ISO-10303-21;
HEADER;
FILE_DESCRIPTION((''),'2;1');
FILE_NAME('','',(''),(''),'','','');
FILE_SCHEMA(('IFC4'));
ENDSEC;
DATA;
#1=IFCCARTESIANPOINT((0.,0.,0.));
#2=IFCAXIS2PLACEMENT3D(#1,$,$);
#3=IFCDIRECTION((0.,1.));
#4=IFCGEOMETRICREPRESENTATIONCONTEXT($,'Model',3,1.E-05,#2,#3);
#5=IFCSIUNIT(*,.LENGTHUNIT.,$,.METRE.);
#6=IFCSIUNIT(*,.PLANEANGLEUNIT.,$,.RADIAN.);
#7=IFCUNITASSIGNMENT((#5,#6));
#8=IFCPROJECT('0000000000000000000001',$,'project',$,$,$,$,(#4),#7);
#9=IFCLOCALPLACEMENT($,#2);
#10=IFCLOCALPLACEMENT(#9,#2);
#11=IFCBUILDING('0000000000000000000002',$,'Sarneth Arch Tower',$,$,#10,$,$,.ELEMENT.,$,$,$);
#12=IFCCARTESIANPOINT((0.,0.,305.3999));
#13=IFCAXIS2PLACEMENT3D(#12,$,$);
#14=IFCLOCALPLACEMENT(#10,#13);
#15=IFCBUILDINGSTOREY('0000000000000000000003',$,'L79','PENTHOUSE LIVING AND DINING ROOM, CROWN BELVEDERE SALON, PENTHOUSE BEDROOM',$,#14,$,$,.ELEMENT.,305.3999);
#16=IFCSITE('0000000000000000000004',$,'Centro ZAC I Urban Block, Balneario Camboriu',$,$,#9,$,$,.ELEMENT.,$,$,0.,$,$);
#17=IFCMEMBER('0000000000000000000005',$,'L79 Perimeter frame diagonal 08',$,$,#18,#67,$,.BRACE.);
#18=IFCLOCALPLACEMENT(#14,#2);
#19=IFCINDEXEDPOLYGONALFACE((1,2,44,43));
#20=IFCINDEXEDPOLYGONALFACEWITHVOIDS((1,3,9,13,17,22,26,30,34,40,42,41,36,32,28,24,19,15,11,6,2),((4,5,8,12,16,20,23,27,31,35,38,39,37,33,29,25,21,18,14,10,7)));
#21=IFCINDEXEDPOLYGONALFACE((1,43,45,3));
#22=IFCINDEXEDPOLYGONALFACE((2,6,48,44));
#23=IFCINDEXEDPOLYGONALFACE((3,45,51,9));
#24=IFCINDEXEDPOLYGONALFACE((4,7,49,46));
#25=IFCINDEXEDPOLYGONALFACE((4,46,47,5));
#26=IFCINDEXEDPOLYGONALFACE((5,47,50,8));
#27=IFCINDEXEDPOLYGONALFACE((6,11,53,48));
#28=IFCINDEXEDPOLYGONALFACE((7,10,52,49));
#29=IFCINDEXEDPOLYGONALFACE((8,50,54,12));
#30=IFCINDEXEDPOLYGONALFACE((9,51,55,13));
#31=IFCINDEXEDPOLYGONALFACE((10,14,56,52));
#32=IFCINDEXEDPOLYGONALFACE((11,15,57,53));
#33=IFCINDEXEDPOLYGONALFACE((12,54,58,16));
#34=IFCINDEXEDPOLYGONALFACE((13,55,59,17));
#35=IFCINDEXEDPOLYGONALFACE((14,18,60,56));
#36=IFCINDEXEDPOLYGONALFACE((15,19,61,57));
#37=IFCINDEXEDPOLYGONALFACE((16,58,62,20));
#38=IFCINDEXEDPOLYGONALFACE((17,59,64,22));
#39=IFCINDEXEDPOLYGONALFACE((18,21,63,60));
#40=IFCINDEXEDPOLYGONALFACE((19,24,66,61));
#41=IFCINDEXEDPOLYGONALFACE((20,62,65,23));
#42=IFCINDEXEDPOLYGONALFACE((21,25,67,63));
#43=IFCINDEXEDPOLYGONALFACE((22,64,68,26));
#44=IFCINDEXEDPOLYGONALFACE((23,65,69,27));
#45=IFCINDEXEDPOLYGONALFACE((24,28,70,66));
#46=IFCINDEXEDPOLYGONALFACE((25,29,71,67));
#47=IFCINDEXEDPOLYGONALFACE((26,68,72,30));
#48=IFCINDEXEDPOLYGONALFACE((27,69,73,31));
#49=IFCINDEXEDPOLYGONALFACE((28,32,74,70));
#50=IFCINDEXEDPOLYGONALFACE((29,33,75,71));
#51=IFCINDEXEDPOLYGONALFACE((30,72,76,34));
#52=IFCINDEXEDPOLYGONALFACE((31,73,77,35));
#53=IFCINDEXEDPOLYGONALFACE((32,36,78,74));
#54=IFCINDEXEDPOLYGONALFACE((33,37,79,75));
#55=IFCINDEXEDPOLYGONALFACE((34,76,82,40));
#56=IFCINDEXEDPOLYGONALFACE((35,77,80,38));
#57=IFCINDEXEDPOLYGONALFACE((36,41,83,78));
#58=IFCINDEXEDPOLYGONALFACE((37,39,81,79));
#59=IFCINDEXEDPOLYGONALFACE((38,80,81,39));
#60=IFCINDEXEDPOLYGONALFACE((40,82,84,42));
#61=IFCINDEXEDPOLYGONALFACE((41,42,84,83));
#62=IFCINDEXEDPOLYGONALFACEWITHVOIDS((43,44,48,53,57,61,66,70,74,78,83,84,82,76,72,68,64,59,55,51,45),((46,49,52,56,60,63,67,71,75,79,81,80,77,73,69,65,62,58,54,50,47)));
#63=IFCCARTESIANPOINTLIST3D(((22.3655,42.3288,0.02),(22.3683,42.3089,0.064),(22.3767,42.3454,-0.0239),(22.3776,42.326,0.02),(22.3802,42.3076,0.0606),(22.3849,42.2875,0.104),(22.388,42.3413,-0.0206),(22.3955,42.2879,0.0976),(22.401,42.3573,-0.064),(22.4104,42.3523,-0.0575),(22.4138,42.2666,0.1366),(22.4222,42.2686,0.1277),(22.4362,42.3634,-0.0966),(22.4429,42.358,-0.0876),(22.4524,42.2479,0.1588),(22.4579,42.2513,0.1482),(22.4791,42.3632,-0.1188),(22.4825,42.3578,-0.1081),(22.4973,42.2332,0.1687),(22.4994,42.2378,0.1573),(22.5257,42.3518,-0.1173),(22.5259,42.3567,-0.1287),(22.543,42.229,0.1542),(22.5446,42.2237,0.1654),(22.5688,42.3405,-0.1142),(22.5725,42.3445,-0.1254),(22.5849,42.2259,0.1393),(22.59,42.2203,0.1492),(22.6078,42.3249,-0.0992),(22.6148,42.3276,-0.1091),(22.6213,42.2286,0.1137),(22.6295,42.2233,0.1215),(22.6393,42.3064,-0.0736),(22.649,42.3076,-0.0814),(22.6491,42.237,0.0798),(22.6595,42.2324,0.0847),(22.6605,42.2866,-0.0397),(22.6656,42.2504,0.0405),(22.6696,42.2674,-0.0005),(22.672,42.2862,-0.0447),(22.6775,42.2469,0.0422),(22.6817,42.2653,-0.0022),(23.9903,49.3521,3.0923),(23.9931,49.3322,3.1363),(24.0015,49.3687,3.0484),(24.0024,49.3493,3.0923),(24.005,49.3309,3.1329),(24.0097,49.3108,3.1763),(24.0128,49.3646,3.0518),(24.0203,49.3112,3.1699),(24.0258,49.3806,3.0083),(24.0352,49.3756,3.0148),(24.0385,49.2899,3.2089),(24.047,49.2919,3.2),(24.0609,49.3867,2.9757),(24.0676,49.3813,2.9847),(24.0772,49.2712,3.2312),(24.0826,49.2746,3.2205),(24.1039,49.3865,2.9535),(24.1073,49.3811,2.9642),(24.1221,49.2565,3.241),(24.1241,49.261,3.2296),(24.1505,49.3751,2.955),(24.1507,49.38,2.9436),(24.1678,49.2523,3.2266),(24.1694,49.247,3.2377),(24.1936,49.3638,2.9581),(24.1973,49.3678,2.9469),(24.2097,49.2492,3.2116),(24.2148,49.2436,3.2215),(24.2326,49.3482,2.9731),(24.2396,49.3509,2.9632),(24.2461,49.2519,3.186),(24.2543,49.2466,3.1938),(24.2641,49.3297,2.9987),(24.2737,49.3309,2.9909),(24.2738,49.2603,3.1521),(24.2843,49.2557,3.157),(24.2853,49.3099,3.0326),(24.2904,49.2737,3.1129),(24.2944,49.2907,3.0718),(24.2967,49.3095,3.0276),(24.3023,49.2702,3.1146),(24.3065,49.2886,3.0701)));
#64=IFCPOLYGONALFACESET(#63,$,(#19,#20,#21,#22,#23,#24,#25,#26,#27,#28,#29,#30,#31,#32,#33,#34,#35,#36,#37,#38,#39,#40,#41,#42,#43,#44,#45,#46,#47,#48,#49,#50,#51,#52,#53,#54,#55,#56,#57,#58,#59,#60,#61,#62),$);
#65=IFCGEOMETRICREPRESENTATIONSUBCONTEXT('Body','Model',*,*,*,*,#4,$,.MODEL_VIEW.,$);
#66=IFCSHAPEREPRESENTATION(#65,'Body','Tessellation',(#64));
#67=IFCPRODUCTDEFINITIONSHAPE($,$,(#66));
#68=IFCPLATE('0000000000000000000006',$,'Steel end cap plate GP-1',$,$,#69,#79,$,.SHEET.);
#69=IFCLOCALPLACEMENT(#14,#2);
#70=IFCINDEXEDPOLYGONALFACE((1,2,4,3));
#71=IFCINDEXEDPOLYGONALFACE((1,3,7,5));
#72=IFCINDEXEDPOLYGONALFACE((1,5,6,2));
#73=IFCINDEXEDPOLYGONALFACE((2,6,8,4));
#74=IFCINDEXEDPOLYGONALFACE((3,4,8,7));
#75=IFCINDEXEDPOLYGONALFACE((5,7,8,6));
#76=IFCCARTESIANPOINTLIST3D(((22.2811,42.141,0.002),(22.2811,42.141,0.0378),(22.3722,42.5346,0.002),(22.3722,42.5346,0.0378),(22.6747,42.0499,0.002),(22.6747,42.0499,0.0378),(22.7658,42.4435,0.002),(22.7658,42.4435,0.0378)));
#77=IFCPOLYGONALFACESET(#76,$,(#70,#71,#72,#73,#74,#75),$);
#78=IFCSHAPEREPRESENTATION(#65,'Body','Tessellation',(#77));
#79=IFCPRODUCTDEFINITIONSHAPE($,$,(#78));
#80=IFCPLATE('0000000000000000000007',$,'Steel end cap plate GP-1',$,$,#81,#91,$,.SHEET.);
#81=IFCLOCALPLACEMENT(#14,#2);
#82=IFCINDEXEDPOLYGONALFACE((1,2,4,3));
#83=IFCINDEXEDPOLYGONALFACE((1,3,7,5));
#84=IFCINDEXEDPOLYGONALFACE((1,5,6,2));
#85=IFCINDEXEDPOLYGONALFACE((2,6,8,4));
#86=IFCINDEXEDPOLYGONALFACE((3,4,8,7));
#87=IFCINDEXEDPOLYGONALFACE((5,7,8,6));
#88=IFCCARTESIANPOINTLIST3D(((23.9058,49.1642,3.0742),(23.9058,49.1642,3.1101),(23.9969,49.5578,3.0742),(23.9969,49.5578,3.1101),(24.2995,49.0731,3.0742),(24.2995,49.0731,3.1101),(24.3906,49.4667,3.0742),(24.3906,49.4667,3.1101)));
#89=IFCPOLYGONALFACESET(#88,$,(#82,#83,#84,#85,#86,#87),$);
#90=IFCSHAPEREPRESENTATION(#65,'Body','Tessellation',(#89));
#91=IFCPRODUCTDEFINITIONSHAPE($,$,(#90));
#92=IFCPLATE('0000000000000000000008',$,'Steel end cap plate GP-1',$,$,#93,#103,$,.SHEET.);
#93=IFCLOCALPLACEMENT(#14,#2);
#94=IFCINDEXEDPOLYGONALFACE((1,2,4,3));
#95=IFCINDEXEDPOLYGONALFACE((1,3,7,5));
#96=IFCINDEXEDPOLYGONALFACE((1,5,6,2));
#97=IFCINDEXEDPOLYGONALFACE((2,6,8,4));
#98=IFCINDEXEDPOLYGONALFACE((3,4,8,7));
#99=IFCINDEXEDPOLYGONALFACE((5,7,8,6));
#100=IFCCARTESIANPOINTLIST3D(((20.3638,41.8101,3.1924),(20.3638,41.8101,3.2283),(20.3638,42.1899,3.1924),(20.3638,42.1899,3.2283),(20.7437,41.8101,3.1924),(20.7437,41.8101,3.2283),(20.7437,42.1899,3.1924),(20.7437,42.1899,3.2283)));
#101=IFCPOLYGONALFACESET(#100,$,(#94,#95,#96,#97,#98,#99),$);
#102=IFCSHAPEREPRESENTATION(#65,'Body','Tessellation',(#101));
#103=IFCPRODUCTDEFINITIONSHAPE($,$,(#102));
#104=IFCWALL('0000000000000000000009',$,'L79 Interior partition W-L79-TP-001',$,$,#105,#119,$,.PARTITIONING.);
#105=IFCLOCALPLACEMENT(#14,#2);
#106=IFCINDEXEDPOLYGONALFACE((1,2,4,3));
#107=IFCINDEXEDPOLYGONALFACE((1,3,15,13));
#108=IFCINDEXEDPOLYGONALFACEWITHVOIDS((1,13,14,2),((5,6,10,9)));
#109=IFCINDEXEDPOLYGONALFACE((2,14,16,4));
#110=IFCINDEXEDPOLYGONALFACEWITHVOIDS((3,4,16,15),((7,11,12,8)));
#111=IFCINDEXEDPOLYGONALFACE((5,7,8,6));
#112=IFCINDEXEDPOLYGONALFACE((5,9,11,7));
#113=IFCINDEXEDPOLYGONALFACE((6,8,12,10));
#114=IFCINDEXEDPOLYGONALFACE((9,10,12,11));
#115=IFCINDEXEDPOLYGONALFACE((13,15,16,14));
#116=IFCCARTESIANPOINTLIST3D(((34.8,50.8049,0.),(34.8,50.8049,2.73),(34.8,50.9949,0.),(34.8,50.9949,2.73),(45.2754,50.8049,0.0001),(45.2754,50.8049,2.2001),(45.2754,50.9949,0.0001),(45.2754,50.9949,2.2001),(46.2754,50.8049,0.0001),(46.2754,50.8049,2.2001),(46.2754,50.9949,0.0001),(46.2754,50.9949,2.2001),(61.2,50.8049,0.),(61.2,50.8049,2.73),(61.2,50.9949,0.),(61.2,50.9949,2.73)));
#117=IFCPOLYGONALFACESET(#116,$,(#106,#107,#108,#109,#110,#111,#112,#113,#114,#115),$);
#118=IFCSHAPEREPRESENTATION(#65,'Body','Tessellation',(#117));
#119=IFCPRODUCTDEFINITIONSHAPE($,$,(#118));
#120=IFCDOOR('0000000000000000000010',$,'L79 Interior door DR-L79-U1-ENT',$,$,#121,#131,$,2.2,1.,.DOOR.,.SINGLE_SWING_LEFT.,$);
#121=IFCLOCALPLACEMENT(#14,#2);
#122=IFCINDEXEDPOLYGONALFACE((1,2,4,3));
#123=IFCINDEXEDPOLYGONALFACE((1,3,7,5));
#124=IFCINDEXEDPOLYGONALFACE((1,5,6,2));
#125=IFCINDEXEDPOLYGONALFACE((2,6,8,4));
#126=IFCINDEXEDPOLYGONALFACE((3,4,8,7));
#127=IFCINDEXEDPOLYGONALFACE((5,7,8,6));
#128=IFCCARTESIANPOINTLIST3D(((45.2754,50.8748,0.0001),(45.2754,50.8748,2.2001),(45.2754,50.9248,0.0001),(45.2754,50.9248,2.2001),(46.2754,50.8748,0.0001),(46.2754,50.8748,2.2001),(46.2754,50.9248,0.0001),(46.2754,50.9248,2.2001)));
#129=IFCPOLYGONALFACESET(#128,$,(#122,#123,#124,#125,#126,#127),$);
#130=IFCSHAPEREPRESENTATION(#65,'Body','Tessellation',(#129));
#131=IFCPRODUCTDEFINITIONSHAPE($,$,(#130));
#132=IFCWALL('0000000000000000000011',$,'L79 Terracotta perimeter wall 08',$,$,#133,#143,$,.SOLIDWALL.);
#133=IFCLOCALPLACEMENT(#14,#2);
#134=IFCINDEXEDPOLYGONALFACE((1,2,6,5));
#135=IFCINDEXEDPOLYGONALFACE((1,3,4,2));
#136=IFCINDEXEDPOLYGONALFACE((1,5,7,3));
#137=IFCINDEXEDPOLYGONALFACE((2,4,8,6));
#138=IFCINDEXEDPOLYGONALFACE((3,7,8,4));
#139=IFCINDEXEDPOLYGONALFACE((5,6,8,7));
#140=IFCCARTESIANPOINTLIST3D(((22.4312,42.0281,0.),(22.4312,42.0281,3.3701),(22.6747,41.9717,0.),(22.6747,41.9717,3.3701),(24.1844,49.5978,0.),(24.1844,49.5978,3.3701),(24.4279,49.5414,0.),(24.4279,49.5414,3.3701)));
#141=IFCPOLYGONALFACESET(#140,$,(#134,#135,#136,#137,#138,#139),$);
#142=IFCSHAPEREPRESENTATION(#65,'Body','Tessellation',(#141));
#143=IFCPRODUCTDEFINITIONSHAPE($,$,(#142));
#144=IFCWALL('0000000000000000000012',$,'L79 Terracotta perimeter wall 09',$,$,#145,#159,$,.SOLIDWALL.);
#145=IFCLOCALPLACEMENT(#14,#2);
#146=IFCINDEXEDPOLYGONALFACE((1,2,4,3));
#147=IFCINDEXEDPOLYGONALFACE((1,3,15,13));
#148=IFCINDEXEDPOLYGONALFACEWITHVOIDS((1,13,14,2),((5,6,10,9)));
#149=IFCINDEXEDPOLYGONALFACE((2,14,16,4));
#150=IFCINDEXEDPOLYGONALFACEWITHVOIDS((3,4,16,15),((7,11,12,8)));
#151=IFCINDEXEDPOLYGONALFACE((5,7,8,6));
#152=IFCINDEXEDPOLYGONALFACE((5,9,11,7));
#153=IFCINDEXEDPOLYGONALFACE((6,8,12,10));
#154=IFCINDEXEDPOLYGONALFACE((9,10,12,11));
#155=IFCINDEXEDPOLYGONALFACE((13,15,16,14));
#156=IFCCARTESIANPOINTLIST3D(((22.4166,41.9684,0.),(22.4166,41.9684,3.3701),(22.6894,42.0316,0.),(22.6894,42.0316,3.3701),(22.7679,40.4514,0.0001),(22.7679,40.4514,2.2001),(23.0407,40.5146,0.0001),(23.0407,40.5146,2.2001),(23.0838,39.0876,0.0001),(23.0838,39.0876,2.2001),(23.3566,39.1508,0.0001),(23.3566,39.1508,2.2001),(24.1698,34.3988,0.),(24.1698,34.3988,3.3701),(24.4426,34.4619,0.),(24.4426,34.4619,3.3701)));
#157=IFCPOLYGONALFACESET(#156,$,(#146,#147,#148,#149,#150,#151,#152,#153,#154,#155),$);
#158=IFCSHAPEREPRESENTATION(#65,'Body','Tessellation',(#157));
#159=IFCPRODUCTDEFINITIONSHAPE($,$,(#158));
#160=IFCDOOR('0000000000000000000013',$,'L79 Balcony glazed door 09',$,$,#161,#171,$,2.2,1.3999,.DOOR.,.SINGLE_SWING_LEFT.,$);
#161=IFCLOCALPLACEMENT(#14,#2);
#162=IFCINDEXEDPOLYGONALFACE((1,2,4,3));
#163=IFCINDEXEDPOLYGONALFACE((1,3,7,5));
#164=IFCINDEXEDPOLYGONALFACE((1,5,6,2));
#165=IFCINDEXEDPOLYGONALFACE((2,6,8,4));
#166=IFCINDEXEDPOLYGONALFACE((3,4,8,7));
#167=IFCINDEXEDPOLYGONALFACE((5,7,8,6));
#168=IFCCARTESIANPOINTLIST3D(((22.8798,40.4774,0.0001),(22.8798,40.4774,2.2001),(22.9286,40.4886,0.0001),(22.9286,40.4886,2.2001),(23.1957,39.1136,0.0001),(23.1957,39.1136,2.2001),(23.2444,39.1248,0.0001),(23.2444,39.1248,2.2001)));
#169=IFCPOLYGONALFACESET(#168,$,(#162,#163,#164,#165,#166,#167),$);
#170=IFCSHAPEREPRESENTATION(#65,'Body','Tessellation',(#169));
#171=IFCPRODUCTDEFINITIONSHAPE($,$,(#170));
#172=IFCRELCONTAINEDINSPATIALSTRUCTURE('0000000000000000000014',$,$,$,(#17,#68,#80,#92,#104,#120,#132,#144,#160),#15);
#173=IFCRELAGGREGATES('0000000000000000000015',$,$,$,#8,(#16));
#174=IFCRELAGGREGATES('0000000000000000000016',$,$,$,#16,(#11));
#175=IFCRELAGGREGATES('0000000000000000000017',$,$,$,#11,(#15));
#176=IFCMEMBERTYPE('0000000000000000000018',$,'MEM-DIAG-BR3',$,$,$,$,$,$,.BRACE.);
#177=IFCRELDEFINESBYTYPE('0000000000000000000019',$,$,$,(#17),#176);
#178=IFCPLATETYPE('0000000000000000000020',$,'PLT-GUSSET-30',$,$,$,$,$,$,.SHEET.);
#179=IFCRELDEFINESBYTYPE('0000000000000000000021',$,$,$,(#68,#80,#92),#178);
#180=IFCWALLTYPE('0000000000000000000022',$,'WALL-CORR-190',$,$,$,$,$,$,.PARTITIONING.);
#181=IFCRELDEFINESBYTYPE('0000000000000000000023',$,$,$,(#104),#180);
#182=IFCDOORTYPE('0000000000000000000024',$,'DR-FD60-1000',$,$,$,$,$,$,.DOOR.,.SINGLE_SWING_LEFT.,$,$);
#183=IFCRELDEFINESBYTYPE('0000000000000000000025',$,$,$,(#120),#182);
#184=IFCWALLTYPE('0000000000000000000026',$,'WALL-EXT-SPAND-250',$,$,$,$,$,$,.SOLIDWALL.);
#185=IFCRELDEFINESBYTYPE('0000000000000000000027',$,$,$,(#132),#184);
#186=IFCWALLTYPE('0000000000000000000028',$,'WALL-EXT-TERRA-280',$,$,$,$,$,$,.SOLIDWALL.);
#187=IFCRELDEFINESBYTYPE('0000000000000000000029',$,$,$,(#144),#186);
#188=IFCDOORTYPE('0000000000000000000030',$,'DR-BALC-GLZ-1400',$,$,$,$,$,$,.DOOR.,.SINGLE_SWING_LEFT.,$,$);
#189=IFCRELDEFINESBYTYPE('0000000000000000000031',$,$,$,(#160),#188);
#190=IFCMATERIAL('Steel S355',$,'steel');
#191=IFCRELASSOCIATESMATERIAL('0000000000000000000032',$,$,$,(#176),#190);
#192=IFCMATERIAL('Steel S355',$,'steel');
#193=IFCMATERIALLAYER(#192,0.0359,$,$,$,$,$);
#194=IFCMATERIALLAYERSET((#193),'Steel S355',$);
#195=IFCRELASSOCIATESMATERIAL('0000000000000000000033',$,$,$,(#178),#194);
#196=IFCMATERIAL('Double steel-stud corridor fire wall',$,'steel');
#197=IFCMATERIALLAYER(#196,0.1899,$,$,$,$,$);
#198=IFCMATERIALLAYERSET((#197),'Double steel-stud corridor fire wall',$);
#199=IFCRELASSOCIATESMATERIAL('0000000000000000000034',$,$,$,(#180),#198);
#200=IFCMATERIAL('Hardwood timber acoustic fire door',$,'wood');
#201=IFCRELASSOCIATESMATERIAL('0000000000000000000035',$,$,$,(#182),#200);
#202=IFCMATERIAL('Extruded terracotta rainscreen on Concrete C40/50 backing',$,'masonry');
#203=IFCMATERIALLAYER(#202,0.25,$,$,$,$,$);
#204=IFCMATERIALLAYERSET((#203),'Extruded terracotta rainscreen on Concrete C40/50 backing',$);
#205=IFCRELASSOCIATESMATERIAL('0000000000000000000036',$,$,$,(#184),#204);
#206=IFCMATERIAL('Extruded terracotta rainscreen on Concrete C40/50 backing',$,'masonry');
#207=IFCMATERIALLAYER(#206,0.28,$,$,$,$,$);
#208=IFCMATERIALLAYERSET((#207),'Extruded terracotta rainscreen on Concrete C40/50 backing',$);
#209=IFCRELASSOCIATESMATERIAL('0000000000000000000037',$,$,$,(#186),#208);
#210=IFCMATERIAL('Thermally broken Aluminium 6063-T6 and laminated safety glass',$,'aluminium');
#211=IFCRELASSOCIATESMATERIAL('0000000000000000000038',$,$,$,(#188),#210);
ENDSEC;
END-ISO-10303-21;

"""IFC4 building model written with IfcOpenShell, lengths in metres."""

from ifc_helpers import new_model, si_unit, direction, frame, frame_2d, origin, origin_2d, place, context, subcontext, project, spatial, rectangle, hollow_circle, extrude, material, layer, layer_set, material_profile, profile_set, type_object, element, fill, save


model = new_model("IFC4")

# Units and contexts
model_context = context("Model", 3, precision=1e-05, world=origin(), true_north=direction((0.0, 1.0)))
body_context = subcontext(model_context, "Body", "Model", "MODEL_VIEW")
ifc_project = project(units=[si_unit("LENGTHUNIT", "METRE"), si_unit("PLANEANGLEUNIT", "RADIAN")], contexts=[model_context])

# Site, building, storey
site_placement = place(None, origin())
site = spatial("IfcSite", under=ifc_project, at=site_placement, Name="Centro ZAC I Urban Block, Balneario Camboriu", CompositionType="ELEMENT", RefElevation=0.0)
building_placement = place(site_placement, origin())
building = spatial("IfcBuilding", under=site, at=building_placement, Name="Sarneth Arch Tower", CompositionType="ELEMENT")
storey_placement = place(building_placement, frame((0.0, 0.0, 305.3999)))
storey = spatial("IfcBuildingStorey", under=building, at=storey_placement, Name="L79", Description="PENTHOUSE LIVING AND DINING ROOM, CROWN BELVEDERE SALON, PENTHOUSE BEDROOM", CompositionType="ELEMENT", Elevation=305.3999)

# Member
ifc_material_1 = material(Name="Steel S355", Category="steel")
ifc_material_profile_1 = material_profile(ifc_material_1, hollow_circle(Radius=0.1621, WallThickness=0.0125, at=origin_2d()), Name="CHS324x12.5")
ifc_profile_set_1 = profile_set([ifc_material_profile_1], Name="Steel S355")
member_type_1 = type_object("IfcMemberType", Name="MEM-DIAG-BR3", PredefinedType="BRACE", material=ifc_profile_set_1)
member_1_placement = place(storey_placement, frame((22.5234, 42.2922, 0.02), z_axis=(0.207343, 0.896265, 0.392067), x_axis=(-0.974269, 0.225389, 0.0)))
element("IfcMember", 1, at=member_1_placement, inside=storey, type_object=member_type_1, Name="L79 Perimeter frame diagonal 08", PredefinedType="BRACE", context=body_context, shape_type="SweptSolid", body=[
    extrude(hollow_circle(Radius=0.1621, WallThickness=0.0125, at=origin_2d()), origin(), (0.0, 0.0, 1.0), 7.8362),
])

# Plates
ifc_material_2 = material(Name="Steel S355", Category="steel")
ifc_layer_1 = layer(ifc_material_2, 0.0359)
ifc_layer_set_1 = layer_set([ifc_layer_1], Name="Steel S355")
plate_type = type_object("IfcPlateType", Name="PLT-GUSSET-30", PredefinedType="SHEET", material=ifc_layer_set_1)
for number, where, z_axis, x_axis, name in (
    (2, (22.5234, 42.2922, 0.002), (0.0, 0.0, 1.0), (-0.225461, -0.974252, 0.0), "Steel end cap plate GP-1"),
    (3, (24.1482, 49.3154, 3.0742), (0.0, 0.0, 1.0), (-0.225461, -0.974252, 0.0), "Steel end cap plate GP-1"),
):
    element("IfcPlate", number, at=place(storey_placement, frame(where, z_axis=z_axis, x_axis=x_axis)), inside=storey, type_object=plate_type, Name=name, PredefinedType="SHEET", context=body_context, shape_type="SweptSolid", body=[
        extrude(rectangle(XDim=0.4041, YDim=0.4041, at=origin_2d()), origin(), (0.0, 0.0, 1.0), 0.0359),
    ])
plate_placement = place(storey_placement, frame((20.5537, 42.0, 3.1924), z_axis=(0.0, 0.0, 1.0), x_axis=(-1.0, 0.0, 0.0)))
element("IfcPlate", 4, at=plate_placement, inside=storey, type_object=plate_type, Name="Steel end cap plate GP-1", PredefinedType="SHEET", context=body_context, shape_type="SweptSolid", body=[
    extrude(rectangle(XDim=0.3799, YDim=0.3799, at=origin_2d()), origin(), (0.0, 0.0, 1.0), 0.0359),
])

# Wall, opening, door
ifc_material_3 = material(Name="Double steel-stud corridor fire wall", Category="steel")
ifc_layer_2 = layer(ifc_material_3, 0.1899)
ifc_layer_set_2 = layer_set([ifc_layer_2], Name="Double steel-stud corridor fire wall")
wall_type_1 = type_object("IfcWallType", Name="WALL-CORR-190", PredefinedType="PARTITIONING", material=ifc_layer_set_2)
wall_1_placement = place(storey_placement, frame((34.8, 50.8999, 0.0), z_axis=(0.0, 0.0, 1.0), x_axis=(1.0, 0.0, 0.0)))
wall_1 = element("IfcWall", 5, at=wall_1_placement, inside=storey, type_object=wall_type_1, Name="L79 Interior partition W-L79-TP-001", PredefinedType="PARTITIONING", context=body_context, shape_type="SweptSolid", body=[
    extrude(rectangle(XDim=26.3999, YDim=0.1899, at=frame_2d((13.2, 0.0))), origin(), (0.0, 0.0, 1.0), 2.73),
])
opening_1_placement = place(wall_1_placement, frame((10.4753, 0.0, 0.0)))
opening_1 = element("IfcOpeningElement", 6, at=opening_1_placement, cuts=wall_1, PredefinedType="OPENING", context=body_context, shape_type="SweptSolid", body=[
    extrude(rectangle(XDim=1.0, YDim=2.2, at=frame_2d((0.5, 1.1001))), frame((0.0, 0.105, 0.0), z_axis=(0.0, -1.0, 0.0), x_axis=(1.0, 0.0, 0.0)), (0.0, 0.0, 1.0), 0.21),
])
ifc_material_4 = material(Name="Hardwood timber acoustic fire door", Category="wood")
door_type_1 = type_object("IfcDoorType", Name="DR-FD60-1000", OperationType="SINGLE_SWING_LEFT", PredefinedType="DOOR", material=ifc_material_4)
door_1_placement = place(opening_1_placement, origin())
door_1 = element("IfcDoor", 7, at=door_1_placement, inside=storey, type_object=door_type_1, Name="L79 Interior door DR-L79-U1-ENT", OperationType="SINGLE_SWING_LEFT", OverallHeight=2.2, OverallWidth=1.0, PredefinedType="DOOR", context=body_context, shape_type="SweptSolid", body=[
    extrude(rectangle(XDim=1.0, YDim=2.2, at=frame_2d((0.5, 1.1001))), frame((0.0, 0.0249, 0.0), z_axis=(0.0, -1.0, 0.0), x_axis=(1.0, 0.0, 0.0)), (0.0, 0.0, 1.0), 0.05),
])
fill(opening_1, door_1)

# Wall
ifc_material_5 = material(Name="Extruded terracotta rainscreen on Concrete C40/50 backing", Category="masonry")
ifc_layer_3 = layer(ifc_material_5, 0.25)
ifc_layer_set_3 = layer_set([ifc_layer_3], Name="Extruded terracotta rainscreen on Concrete C40/50 backing")
wall_type_2 = type_object("IfcWallType", Name="WALL-EXT-SPAND-250", PredefinedType="SOLIDWALL", material=ifc_layer_set_3)
wall_2_placement = place(storey_placement, frame((24.3062, 49.5696, 0.0), z_axis=(0.0, 0.0, 1.0), x_axis=(-0.225635, -0.974212, 0.0)))
element("IfcWall", 8, at=wall_2_placement, inside=storey, type_object=wall_type_2, Name="L79 Terracotta perimeter wall 08", PredefinedType="SOLIDWALL", context=body_context, shape_type="SweptSolid", body=[
    extrude(rectangle(XDim=7.77, YDim=0.25, at=frame_2d((3.885, 0.0))), origin(), (0.0, 0.0, 1.0), 3.3701),
])

# Wall, opening, door
ifc_material_6 = material(Name="Extruded terracotta rainscreen on Concrete C40/50 backing", Category="masonry")
ifc_layer_4 = layer(ifc_material_6, 0.28)
ifc_layer_set_4 = layer_set([ifc_layer_4], Name="Extruded terracotta rainscreen on Concrete C40/50 backing")
wall_type_3 = type_object("IfcWallType", Name="WALL-EXT-TERRA-280", PredefinedType="SOLIDWALL", material=ifc_layer_set_4)
wall_3_placement = place(storey_placement, frame((22.553, 42.0, 0.0), z_axis=(0.0, 0.0, 1.0), x_axis=(0.225635, -0.974212, 0.0)))
wall_3 = element("IfcWall", 9, at=wall_3_placement, inside=storey, type_object=wall_type_3, Name="L79 Terracotta perimeter wall 09", PredefinedType="SOLIDWALL", context=body_context, shape_type="SweptSolid", body=[
    extrude(rectangle(XDim=7.77, YDim=0.28, at=frame_2d((3.885, 0.0))), origin(), (0.0, 0.0, 1.0), 3.3701),
])
opening_2_placement = place(wall_3_placement, frame((1.5571, 0.0, 0.0)))
opening_2 = element("IfcOpeningElement", 10, at=opening_2_placement, cuts=wall_3, PredefinedType="OPENING", context=body_context, shape_type="SweptSolid", body=[
    extrude(rectangle(XDim=1.3999, YDim=2.2, at=frame_2d((0.7, 1.1001))), frame((0.0, 0.1499, 0.0), z_axis=(0.0, -1.0, 0.0), x_axis=(1.0, 0.0, 0.0)), (0.0, 0.0, 1.0), 0.3),
])
ifc_material_7 = material(Name="Thermally broken Aluminium 6063-T6 and laminated safety glass", Category="aluminium")
door_type_2 = type_object("IfcDoorType", Name="DR-BALC-GLZ-1400", OperationType="SINGLE_SWING_LEFT", PredefinedType="DOOR", material=ifc_material_7)
door_2_placement = place(opening_2_placement, origin())
door_2 = element("IfcDoor", 11, at=door_2_placement, inside=storey, type_object=door_type_2, Name="L79 Balcony glazed door 09", OperationType="SINGLE_SWING_LEFT", OverallHeight=2.2, OverallWidth=1.3999, PredefinedType="DOOR", context=body_context, shape_type="SweptSolid", body=[
    extrude(rectangle(XDim=1.3999, YDim=2.2, at=frame_2d((0.7, 1.1001))), frame((0.0, 0.0249, 0.0), z_axis=(0.0, -1.0, 0.0), x_axis=(1.0, 0.0, 0.0)), (0.0, 0.0, 1.0), 0.05),
])
fill(opening_2, door_2)

save(model, "model.ifc")
